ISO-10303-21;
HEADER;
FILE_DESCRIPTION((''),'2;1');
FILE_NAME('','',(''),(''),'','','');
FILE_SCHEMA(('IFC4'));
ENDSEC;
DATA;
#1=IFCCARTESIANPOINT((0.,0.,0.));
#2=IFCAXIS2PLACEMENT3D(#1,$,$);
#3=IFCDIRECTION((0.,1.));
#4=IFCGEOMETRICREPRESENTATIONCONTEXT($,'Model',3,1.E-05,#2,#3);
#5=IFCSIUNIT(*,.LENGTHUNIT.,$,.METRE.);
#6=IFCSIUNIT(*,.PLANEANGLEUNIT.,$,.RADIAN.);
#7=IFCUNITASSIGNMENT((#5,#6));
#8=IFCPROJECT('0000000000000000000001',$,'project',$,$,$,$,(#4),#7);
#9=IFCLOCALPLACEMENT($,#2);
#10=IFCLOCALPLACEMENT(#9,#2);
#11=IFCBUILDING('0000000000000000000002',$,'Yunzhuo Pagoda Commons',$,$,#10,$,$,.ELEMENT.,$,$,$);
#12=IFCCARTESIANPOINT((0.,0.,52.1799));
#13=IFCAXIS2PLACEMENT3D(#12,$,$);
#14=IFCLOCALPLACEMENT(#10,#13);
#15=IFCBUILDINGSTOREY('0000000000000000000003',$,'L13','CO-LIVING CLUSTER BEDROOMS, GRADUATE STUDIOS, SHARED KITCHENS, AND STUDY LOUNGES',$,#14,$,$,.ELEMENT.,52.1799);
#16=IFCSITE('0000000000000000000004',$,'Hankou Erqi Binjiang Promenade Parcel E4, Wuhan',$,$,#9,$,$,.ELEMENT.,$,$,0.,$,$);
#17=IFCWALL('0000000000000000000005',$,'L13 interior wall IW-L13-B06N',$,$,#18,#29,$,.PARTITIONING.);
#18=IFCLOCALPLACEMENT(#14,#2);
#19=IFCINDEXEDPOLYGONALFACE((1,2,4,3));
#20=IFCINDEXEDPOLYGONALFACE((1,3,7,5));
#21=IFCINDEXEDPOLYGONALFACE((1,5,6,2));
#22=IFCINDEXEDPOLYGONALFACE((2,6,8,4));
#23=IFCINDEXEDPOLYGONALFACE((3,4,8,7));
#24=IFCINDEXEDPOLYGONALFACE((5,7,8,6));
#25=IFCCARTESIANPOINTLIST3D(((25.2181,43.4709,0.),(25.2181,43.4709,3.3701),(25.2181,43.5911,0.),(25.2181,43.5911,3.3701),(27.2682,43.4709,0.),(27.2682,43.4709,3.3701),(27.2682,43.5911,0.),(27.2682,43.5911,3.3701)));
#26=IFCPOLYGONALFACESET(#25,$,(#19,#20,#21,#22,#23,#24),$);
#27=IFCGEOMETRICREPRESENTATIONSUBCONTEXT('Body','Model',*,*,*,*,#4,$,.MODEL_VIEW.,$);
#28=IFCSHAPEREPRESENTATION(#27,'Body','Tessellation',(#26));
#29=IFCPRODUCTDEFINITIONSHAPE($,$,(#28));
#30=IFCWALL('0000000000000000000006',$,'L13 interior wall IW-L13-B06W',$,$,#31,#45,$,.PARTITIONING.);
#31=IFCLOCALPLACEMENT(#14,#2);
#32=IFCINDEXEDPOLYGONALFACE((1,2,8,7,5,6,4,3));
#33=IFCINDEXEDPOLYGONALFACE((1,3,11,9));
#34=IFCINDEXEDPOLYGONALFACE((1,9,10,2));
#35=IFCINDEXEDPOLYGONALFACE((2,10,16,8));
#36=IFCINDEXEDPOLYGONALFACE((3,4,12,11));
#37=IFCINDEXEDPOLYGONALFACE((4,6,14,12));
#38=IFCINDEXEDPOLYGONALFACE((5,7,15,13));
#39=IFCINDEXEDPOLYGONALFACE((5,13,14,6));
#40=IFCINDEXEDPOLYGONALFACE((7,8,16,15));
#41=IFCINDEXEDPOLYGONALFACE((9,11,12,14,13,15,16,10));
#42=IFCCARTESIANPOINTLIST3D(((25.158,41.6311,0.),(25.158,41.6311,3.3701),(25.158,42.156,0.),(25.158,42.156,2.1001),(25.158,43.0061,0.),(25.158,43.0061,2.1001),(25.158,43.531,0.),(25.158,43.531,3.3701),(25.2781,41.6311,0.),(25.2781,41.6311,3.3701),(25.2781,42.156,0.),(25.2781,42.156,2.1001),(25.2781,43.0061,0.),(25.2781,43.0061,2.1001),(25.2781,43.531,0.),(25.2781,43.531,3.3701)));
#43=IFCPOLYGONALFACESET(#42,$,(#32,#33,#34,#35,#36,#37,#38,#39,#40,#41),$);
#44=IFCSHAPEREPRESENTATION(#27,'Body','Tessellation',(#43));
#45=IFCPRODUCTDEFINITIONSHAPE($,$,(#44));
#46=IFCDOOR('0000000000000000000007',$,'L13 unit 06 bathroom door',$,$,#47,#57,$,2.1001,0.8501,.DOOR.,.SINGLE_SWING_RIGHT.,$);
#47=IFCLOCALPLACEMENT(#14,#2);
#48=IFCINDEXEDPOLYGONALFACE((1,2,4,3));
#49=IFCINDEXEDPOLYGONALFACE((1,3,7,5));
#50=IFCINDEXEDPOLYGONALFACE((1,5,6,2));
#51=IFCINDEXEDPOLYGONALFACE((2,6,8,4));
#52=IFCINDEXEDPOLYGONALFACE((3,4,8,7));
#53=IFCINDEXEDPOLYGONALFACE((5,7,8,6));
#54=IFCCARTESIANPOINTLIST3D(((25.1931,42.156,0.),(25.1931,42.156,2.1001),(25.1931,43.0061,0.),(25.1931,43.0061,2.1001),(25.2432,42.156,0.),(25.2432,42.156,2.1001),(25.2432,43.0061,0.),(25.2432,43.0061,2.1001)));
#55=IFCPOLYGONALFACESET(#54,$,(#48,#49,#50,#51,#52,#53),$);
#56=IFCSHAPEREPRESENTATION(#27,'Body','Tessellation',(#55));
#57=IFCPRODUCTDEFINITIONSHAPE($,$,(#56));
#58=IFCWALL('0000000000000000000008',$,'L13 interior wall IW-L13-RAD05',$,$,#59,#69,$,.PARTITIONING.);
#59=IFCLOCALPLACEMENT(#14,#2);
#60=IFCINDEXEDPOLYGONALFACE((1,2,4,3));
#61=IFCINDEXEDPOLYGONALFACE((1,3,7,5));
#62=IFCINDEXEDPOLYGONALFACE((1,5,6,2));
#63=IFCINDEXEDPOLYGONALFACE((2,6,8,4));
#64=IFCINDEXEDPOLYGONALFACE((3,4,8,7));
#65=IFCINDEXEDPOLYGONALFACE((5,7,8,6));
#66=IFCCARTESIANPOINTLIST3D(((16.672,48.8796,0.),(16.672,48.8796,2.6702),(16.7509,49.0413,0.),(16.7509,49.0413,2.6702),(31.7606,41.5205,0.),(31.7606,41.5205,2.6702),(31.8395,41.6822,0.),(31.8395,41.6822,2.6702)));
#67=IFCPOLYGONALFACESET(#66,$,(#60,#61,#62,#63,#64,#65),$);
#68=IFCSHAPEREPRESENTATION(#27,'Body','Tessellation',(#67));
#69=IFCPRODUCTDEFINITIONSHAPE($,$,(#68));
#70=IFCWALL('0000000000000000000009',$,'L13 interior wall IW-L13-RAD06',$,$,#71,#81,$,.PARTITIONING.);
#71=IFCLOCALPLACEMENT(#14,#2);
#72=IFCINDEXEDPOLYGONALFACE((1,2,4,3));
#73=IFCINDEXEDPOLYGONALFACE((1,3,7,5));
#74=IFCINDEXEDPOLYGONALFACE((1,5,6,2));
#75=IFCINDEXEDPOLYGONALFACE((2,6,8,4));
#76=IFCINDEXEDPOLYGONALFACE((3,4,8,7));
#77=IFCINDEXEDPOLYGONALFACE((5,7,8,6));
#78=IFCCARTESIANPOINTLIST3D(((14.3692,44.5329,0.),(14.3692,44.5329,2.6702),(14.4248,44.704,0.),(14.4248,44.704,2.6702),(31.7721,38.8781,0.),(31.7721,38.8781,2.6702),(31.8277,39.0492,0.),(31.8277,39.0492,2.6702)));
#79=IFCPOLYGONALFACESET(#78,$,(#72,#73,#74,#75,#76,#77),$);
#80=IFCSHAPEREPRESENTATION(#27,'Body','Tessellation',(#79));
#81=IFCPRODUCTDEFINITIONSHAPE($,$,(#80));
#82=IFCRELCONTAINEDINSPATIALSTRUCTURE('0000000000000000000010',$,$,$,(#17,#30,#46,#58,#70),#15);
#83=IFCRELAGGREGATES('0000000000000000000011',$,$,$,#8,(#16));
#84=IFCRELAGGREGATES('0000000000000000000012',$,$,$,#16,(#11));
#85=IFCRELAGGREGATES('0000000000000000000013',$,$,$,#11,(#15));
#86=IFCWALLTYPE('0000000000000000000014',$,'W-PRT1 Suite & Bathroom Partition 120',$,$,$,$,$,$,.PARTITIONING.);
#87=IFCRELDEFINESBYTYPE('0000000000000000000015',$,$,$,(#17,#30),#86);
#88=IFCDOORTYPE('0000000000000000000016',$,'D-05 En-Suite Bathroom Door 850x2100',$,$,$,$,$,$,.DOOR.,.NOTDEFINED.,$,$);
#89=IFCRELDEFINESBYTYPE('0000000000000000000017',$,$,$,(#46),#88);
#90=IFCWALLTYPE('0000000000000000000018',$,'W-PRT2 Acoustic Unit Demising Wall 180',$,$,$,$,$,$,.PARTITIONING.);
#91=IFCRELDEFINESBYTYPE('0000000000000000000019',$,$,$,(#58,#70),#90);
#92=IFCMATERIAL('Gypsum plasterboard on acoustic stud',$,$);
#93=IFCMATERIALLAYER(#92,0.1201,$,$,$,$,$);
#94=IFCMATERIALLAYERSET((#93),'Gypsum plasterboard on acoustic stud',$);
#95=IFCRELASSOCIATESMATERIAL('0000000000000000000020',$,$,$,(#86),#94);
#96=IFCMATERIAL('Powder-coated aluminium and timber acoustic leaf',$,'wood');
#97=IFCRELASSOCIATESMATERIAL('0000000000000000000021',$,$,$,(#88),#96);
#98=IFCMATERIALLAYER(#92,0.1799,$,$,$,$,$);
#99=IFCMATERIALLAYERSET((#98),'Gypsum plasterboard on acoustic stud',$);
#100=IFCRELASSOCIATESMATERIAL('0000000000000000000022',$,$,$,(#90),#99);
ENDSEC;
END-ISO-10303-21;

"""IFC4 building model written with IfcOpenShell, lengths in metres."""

from ifc_helpers import new_model, si_unit, direction, frame, frame_2d, origin, place, context, subcontext, project, spatial, rectangle, extrude, source, transform, mapped, material, layer, layer_set, type_object, element, fill, save


model = new_model("IFC4")

# Units and contexts
model_context = context("Model", 3, precision=1e-05, world=origin(), true_north=direction((0.0, 1.0)))
body_context = subcontext(model_context, "Body", "Model", "MODEL_VIEW")
ifc_project = project(units=[si_unit("LENGTHUNIT", "METRE"), si_unit("PLANEANGLEUNIT", "RADIAN")], contexts=[model_context])

# Site, building, storey
site_placement = place(None, origin())
site = spatial("IfcSite", under=ifc_project, at=site_placement, Name="Hankou Erqi Binjiang Promenade Parcel E4, Wuhan", CompositionType="ELEMENT", RefElevation=0.0)
building_placement = place(site_placement, origin())
building = spatial("IfcBuilding", under=site, at=building_placement, Name="Yunzhuo Pagoda Commons", CompositionType="ELEMENT")
storey_placement = place(building_placement, frame((0.0, 0.0, 52.1799)))
storey = spatial("IfcBuildingStorey", under=building, at=storey_placement, Name="L13", Description="CO-LIVING CLUSTER BEDROOMS, GRADUATE STUDIOS, SHARED KITCHENS, AND STUDY LOUNGES", CompositionType="ELEMENT", Elevation=52.1799)

# Shared definitions
ifc_material_1 = material(Name="Gypsum plasterboard on acoustic stud")

# Wall
ifc_layer_1 = layer(ifc_material_1, 0.1201)
ifc_layer_set_1 = layer_set([ifc_layer_1], Name="Gypsum plasterboard on acoustic stud")
wall_type_1 = type_object("IfcWallType", Name="W-PRT1 Suite & Bathroom Partition 120", PredefinedType="PARTITIONING", material=ifc_layer_set_1)
wall_1_placement = place(storey_placement, frame((27.2681, 43.531, 0.0), z_axis=(0.0, 0.0, 1.0), x_axis=(-1.0, 0.0, 0.0)))
element("IfcWall", 1, at=wall_1_placement, inside=storey, type_object=wall_type_1, Name="L13 interior wall IW-L13-B06N", PredefinedType="PARTITIONING", context=body_context, shape_type="SweptSolid", body=[
    extrude(rectangle(XDim=2.05, YDim=0.1201, at=frame_2d((1.0249, 0.0))), origin(), (0.0, 0.0, 1.0), 3.3701),
])

# Wall, opening, door
wall_2_placement = place(storey_placement, frame((25.218, 43.531, 0.0), z_axis=(0.0, 0.0, 1.0), x_axis=(0.0, -1.0, 0.0)))
wall_2 = element("IfcWall", 2, at=wall_2_placement, inside=storey, type_object=wall_type_1, Name="L13 interior wall IW-L13-B06W", PredefinedType="PARTITIONING", context=body_context, shape_type="SweptSolid", body=[
    extrude(rectangle(XDim=1.8999, YDim=0.1201, at=frame_2d((0.95, 0.0))), origin(), (0.0, 0.0, 1.0), 3.3701),
])
opening_1_placement = place(wall_2_placement, frame((0.5249, 0.0, 0.0)))
opening_1 = element("IfcOpeningElement", 3, at=opening_1_placement, cuts=wall_2, PredefinedType="OPENING", context=body_context, shape_type="SweptSolid", body=[
    extrude(rectangle(XDim=0.8501, YDim=2.1001, at=frame_2d((0.425, 1.05))), frame((0.0, 0.0701, 0.0), z_axis=(0.0, -1.0, 0.0), x_axis=(1.0, 0.0, 0.0)), (0.0, 0.0, 1.0), 0.1401),
])
ifc_material_2 = material(Name="Powder-coated aluminium and timber acoustic leaf", Category="wood")
door_type_1 = type_object("IfcDoorType", Name="D-05 En-Suite Bathroom Door 850x2100", OperationType="NOTDEFINED", PredefinedType="DOOR", material=ifc_material_2)
shared_shape_1 = source(origin(), body_context, "Body", "SweptSolid", [
    extrude(rectangle(XDim=0.8501, YDim=2.1001, at=frame_2d((0.425, 1.05))), frame((0.0, 0.0249, 0.0), z_axis=(0.0, -1.0, 0.0), x_axis=(1.0, 0.0, 0.0)), (0.0, 0.0, 1.0), 0.05),
])
door_1_placement = place(opening_1_placement, frame((0.8501, 0.0, 0.0), z_axis=(0.0, 0.0, 1.0), x_axis=(-1.0, 0.0, 0.0)))
door_1 = element("IfcDoor", 4, at=door_1_placement, inside=storey, type_object=door_type_1, Name="L13 unit 06 bathroom door", OperationType="SINGLE_SWING_RIGHT", OverallHeight=2.1001, OverallWidth=0.8501, PredefinedType="DOOR", context=body_context, shape_type="MappedRepresentation", body=[
    mapped(shared_shape_1, transform((0.0, 0.0, 0.0), scale=1.0)),
])
fill(opening_1, door_1)

# Walls
ifc_layer_2 = layer(ifc_material_1, 0.1799)
ifc_layer_set_2 = layer_set([ifc_layer_2], Name="Gypsum plasterboard on acoustic stud")
wall_type_2 = type_object("IfcWallType", Name="W-PRT2 Acoustic Unit Demising Wall 180", PredefinedType="PARTITIONING", material=ifc_layer_set_2)
wall_3_placement = place(storey_placement, frame((31.8, 41.6013, 0.0), z_axis=(0.0, 0.0, 1.0), x_axis=(-0.898796, 0.438367, 0.0)))
element("IfcWall", 5, at=wall_3_placement, inside=storey, type_object=wall_type_2, Name="L13 interior wall IW-L13-RAD05", PredefinedType="PARTITIONING", context=body_context, shape_type="SweptSolid", body=[
    extrude(rectangle(XDim=16.7876, YDim=0.1799, at=frame_2d((8.3938, 0.0))), origin(), (0.0, 0.0, 1.0), 2.6702),
])
wall_4_placement = place(storey_placement, frame((31.8, 38.9636, 0.0), z_axis=(0.0, 0.0, 1.0), x_axis=(-0.951052, 0.30903, 0.0)))
element("IfcWall", 6, at=wall_4_placement, inside=storey, type_object=wall_type_2, Name="L13 interior wall IW-L13-RAD06", PredefinedType="PARTITIONING", context=body_context, shape_type="SweptSolid", body=[
    extrude(rectangle(XDim=18.2986, YDim=0.1799, at=frame_2d((9.1494, 0.0))), origin(), (0.0, 0.0, 1.0), 2.6702),
])

save(model, "model.ifc")
